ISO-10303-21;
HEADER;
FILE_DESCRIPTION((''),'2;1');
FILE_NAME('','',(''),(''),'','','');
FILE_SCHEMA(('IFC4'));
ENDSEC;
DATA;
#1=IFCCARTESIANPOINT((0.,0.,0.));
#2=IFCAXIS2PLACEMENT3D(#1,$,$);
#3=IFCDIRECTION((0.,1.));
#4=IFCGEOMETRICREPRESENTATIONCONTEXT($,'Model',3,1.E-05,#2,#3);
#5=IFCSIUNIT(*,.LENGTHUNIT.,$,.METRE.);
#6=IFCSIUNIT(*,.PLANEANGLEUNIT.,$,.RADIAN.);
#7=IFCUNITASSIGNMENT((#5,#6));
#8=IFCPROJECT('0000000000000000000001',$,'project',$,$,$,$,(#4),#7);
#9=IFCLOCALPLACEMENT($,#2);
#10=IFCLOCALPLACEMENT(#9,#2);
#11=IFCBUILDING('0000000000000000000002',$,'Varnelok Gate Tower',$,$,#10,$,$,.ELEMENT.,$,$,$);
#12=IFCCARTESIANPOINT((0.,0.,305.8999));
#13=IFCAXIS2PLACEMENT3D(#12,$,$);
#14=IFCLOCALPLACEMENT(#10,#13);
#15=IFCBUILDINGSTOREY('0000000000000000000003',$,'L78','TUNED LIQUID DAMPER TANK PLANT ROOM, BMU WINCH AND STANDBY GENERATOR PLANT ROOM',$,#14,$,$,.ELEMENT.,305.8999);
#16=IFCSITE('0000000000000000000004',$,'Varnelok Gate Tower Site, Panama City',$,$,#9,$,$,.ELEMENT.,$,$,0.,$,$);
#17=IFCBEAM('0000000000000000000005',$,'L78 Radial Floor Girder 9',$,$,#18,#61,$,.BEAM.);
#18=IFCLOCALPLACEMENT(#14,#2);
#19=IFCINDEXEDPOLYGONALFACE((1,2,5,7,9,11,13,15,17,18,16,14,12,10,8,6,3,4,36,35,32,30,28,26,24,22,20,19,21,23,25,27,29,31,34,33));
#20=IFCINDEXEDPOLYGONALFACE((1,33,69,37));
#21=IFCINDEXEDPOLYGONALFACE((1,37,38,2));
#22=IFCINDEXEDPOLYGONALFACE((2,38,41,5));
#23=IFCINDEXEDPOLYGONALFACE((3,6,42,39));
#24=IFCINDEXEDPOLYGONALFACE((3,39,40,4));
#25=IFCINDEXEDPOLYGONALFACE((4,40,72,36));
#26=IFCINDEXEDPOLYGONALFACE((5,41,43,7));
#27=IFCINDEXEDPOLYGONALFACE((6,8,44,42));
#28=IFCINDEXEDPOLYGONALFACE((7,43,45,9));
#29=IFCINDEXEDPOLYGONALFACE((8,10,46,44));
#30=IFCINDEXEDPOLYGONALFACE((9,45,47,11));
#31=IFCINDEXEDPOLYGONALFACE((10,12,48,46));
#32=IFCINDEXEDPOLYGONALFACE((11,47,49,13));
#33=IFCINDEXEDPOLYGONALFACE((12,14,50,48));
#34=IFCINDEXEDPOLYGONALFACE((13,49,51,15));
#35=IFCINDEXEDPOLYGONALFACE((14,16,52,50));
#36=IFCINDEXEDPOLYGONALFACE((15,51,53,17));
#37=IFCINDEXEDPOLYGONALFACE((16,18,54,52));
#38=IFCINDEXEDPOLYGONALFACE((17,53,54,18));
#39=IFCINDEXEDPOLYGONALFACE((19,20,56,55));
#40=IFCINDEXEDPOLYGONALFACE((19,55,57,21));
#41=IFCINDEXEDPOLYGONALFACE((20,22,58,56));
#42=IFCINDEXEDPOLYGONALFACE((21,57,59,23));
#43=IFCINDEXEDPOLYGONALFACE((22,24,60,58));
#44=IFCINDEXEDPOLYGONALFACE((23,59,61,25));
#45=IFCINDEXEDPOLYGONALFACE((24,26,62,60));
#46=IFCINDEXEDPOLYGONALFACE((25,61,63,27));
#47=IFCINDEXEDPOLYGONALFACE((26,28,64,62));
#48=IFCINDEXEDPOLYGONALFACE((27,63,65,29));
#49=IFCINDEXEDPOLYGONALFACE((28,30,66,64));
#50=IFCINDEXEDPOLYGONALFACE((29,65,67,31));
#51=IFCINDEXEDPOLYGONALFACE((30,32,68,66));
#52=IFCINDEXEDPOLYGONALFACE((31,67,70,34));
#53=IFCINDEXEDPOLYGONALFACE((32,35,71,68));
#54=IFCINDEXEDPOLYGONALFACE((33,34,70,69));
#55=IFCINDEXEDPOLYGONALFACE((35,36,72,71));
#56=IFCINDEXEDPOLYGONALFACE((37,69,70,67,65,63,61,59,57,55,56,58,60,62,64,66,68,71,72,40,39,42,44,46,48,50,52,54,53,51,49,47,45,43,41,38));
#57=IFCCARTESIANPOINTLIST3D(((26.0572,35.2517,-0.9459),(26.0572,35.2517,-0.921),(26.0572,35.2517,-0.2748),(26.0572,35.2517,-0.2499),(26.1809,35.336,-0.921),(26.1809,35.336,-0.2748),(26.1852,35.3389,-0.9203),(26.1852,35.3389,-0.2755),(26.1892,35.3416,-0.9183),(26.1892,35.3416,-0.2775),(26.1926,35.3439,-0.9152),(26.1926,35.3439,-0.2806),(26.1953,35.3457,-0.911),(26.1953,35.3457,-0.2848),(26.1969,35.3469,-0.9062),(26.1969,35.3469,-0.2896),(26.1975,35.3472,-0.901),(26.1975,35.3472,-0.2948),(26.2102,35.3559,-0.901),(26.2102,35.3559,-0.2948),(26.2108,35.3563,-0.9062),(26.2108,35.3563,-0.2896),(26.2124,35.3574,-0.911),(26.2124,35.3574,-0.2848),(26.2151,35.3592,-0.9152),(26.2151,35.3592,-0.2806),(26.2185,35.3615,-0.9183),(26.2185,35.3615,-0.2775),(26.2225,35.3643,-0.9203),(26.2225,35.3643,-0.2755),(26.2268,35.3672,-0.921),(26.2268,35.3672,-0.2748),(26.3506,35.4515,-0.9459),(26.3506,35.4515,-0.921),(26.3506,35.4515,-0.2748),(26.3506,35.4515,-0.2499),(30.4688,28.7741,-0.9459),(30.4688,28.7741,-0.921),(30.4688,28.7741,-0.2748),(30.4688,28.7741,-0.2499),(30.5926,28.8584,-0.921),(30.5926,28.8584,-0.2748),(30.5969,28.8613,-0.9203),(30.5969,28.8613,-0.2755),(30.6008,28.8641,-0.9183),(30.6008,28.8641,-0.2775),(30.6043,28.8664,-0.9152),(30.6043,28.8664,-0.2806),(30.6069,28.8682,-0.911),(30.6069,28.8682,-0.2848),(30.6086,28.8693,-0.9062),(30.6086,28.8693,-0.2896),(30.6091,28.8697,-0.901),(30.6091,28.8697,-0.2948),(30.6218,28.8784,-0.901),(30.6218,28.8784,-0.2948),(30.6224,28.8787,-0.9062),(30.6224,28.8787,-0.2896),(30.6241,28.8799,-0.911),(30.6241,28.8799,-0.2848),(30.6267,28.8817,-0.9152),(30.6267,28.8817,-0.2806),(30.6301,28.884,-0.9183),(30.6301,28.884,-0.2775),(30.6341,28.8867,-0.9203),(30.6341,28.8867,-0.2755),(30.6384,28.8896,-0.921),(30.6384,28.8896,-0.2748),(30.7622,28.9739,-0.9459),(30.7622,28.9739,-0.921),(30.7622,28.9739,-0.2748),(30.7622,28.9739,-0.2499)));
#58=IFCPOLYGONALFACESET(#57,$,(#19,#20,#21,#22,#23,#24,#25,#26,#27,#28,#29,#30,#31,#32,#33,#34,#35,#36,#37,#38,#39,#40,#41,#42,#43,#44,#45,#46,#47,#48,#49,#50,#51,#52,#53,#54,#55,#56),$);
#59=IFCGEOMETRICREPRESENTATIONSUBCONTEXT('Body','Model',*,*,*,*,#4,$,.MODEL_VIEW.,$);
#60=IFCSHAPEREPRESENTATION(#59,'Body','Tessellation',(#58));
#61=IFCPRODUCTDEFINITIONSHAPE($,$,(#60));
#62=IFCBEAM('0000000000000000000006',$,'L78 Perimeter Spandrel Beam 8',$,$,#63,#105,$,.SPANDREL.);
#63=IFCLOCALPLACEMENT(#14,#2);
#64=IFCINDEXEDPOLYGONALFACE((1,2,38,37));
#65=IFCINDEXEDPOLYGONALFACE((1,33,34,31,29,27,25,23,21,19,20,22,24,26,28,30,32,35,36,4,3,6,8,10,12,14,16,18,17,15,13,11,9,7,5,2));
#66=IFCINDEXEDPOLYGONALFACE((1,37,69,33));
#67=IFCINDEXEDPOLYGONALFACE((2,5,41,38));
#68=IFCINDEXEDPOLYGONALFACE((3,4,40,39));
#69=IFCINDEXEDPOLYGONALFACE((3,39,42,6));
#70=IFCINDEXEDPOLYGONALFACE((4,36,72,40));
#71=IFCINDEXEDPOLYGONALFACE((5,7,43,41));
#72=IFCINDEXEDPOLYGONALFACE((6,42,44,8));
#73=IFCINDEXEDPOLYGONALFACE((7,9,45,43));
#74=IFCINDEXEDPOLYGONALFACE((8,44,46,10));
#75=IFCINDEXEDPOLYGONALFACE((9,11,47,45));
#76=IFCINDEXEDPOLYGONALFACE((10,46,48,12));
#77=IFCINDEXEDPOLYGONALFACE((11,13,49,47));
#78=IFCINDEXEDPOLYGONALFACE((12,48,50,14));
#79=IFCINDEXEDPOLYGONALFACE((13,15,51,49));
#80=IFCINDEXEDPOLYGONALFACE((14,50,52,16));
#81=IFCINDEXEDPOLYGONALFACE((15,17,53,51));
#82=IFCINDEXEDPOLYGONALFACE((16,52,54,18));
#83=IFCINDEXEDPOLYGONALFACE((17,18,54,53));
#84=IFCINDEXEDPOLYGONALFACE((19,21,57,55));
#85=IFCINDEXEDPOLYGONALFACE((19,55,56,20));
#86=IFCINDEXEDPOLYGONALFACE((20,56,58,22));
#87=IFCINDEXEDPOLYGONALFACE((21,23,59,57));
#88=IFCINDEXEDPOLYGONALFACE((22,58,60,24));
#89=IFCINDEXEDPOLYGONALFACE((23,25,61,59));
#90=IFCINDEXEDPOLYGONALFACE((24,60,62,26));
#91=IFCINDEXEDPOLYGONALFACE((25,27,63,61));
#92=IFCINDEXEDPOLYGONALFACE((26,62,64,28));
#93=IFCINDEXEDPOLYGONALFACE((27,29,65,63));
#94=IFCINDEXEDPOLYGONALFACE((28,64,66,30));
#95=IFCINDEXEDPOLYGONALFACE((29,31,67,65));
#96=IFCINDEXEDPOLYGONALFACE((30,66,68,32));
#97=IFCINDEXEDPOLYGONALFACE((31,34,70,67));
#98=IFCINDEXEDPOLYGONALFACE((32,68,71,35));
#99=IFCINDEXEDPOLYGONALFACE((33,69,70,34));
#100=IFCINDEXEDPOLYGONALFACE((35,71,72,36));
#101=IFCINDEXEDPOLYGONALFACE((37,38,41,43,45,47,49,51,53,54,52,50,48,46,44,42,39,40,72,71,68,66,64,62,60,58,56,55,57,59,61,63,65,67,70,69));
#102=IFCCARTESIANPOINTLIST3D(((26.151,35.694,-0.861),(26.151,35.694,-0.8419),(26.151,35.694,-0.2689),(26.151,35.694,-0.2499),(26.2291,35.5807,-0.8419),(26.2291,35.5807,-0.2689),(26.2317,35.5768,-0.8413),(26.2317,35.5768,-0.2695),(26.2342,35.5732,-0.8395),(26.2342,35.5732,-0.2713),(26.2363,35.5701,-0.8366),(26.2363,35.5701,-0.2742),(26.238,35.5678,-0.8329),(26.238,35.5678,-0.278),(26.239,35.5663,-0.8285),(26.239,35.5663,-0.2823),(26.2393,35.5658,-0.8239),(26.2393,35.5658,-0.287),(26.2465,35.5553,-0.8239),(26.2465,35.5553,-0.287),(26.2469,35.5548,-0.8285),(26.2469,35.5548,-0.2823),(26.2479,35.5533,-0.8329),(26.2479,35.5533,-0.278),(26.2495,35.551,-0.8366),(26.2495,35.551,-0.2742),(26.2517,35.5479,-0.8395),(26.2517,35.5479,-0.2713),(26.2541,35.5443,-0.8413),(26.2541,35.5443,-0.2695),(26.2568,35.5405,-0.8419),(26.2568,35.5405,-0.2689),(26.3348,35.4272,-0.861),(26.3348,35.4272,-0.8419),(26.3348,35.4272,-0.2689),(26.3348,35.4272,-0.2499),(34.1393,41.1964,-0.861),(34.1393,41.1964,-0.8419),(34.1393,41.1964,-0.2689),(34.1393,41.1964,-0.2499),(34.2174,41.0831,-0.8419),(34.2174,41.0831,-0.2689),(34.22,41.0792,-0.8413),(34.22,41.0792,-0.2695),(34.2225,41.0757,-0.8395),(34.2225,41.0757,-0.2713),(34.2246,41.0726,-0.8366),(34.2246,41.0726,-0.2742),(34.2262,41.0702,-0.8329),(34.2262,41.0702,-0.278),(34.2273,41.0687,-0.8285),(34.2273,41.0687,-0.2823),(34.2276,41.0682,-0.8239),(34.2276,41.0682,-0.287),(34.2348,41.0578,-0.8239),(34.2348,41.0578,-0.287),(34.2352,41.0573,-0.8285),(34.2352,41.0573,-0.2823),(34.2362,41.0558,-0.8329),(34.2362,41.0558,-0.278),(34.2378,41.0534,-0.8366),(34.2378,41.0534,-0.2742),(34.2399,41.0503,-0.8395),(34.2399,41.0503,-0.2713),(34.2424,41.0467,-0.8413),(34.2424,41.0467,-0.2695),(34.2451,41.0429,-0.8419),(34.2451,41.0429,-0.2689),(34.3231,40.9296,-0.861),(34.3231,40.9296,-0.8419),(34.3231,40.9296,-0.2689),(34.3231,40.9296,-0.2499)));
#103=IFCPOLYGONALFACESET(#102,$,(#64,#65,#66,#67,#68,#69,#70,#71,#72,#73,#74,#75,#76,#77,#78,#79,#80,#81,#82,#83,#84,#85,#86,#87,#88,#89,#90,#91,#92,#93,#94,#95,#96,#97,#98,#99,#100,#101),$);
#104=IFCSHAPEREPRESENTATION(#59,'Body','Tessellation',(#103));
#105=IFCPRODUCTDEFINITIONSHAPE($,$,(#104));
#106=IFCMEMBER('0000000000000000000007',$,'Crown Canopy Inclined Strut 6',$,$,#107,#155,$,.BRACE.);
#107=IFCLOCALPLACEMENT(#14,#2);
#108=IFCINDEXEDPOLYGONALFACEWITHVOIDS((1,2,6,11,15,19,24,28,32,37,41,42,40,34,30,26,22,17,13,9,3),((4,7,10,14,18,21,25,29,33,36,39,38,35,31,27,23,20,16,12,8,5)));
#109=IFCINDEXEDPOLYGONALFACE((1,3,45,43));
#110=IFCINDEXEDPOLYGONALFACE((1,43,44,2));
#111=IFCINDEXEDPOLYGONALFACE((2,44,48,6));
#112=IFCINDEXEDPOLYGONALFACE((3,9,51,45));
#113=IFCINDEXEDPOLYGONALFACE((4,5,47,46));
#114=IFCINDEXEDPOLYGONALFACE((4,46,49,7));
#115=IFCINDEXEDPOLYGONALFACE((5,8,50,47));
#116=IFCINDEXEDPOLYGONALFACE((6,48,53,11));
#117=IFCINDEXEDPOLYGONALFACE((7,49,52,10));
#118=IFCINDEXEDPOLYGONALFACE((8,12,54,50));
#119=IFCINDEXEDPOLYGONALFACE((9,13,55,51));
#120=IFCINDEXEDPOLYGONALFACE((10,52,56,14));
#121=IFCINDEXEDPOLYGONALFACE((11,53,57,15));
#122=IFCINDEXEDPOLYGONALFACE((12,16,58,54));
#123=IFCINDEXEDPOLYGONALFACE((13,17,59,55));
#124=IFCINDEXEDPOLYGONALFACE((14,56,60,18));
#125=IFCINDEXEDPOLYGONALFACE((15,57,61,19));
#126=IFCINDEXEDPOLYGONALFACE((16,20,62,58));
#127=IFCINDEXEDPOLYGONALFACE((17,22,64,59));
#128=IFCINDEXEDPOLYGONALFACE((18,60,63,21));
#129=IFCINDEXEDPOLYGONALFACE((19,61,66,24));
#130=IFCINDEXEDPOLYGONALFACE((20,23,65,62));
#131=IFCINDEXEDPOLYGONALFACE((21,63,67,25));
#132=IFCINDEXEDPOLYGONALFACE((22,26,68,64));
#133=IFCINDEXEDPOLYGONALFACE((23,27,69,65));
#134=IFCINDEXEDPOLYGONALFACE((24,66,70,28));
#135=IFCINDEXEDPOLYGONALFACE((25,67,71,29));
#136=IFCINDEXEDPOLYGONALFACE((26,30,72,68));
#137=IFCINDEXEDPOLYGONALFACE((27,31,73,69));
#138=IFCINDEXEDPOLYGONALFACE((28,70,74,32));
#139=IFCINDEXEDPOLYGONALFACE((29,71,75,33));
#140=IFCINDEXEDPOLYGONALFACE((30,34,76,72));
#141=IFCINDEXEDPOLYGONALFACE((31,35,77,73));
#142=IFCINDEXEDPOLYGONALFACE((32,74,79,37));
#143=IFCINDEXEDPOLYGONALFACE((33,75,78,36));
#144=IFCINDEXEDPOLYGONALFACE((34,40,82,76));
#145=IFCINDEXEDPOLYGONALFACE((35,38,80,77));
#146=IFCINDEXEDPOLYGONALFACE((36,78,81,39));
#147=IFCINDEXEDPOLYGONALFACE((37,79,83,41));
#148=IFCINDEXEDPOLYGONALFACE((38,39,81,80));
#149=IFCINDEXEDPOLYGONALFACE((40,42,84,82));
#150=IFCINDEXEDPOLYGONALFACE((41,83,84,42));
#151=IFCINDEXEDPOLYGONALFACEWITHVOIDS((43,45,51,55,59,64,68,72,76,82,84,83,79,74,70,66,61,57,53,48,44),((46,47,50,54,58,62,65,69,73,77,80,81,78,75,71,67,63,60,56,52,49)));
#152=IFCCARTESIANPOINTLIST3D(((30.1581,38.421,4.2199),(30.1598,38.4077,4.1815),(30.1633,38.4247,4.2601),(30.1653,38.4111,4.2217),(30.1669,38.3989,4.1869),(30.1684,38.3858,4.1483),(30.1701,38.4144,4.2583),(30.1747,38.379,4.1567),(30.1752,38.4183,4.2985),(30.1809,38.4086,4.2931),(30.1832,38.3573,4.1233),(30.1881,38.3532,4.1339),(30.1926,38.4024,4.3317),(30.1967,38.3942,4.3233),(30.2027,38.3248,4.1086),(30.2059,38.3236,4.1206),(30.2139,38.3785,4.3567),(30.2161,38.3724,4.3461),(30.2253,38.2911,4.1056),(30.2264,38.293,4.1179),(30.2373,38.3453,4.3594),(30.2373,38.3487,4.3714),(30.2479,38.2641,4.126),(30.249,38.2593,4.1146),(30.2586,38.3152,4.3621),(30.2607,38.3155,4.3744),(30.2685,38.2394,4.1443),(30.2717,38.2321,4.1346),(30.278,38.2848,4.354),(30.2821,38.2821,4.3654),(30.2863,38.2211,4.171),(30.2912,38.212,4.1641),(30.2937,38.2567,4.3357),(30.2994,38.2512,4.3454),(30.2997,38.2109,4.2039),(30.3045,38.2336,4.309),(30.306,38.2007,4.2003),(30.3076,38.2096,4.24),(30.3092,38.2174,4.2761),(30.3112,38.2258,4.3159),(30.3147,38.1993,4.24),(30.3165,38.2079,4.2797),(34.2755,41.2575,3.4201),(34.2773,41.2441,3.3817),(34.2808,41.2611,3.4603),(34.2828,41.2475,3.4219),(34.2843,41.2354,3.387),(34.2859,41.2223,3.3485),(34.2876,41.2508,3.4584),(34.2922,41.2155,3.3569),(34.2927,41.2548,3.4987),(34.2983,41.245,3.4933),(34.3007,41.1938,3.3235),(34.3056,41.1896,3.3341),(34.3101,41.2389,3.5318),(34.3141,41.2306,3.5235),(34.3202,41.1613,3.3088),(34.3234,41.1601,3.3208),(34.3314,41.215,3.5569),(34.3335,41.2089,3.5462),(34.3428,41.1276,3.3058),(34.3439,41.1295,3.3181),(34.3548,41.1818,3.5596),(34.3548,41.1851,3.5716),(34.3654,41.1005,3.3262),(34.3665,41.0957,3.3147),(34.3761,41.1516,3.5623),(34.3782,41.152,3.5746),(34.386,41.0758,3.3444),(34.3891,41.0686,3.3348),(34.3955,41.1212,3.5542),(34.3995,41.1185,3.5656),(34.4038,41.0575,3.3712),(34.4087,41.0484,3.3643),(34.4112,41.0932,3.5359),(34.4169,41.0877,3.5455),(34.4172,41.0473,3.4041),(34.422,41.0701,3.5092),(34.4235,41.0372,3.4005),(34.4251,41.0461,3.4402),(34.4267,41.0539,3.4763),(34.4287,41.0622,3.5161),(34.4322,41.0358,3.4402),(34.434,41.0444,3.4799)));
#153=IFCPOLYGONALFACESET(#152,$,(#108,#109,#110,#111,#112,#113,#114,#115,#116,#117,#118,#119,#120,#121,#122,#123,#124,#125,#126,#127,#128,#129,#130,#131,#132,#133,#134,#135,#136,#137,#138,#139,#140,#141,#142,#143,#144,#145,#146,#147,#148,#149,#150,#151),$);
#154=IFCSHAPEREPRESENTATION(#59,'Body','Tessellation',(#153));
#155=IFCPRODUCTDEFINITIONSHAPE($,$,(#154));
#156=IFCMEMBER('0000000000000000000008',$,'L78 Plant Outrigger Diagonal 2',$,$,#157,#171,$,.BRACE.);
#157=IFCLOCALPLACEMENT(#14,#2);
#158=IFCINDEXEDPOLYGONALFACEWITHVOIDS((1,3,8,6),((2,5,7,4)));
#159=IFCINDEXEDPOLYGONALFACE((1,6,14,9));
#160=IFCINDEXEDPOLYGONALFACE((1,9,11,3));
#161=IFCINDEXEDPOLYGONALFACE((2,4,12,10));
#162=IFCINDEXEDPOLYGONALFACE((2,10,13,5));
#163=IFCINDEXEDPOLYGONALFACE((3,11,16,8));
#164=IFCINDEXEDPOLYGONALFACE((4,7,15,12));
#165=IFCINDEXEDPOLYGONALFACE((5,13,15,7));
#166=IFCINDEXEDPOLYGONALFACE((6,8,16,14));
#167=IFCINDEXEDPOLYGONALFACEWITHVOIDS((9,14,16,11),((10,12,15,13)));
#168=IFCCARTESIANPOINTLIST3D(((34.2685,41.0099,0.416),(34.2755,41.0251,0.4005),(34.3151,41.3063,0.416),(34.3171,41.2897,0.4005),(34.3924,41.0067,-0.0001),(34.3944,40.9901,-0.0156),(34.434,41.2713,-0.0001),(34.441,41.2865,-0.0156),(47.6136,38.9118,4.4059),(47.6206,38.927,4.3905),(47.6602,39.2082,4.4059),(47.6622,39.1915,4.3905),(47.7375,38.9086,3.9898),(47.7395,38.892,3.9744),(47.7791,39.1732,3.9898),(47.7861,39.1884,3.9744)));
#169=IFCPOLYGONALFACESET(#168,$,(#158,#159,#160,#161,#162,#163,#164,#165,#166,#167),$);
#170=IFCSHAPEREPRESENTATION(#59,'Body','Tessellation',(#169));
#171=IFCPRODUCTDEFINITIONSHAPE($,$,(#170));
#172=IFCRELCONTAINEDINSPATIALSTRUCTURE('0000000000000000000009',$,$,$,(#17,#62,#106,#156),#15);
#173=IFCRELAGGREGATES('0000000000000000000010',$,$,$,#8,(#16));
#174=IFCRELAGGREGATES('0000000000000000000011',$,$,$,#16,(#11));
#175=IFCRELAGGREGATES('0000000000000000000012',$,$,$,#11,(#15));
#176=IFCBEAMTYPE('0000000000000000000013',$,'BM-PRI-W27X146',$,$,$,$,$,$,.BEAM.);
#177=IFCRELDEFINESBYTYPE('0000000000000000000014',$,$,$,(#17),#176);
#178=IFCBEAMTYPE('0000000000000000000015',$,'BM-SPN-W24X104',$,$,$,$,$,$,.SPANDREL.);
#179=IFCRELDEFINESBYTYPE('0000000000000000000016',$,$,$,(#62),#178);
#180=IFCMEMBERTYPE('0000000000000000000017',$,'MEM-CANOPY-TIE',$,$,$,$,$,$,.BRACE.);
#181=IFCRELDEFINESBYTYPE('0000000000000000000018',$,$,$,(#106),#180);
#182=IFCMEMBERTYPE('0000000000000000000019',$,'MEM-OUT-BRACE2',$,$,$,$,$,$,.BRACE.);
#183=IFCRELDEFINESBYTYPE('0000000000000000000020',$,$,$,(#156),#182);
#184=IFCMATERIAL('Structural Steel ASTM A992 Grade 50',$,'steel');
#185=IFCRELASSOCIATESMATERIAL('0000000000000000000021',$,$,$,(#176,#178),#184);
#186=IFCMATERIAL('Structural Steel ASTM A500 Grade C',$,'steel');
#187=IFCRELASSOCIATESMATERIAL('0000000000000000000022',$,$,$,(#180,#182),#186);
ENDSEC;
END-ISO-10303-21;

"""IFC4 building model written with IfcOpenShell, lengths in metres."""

from ifc_helpers import new_model, si_unit, direction, frame, origin, origin_2d, place, context, subcontext, project, spatial, hollow_rectangle, hollow_circle, i_section, extrude, material, material_profile, profile_set, type_object, element, save


model = new_model("IFC4")

# Units and contexts
model_context = context("Model", 3, precision=1e-05, world=origin(), true_north=direction((0.0, 1.0)))
body_context = subcontext(model_context, "Body", "Model", "MODEL_VIEW")
ifc_project = project(units=[si_unit("LENGTHUNIT", "METRE"), si_unit("PLANEANGLEUNIT", "RADIAN")], contexts=[model_context])

# Site, building, storey
site_placement = place(None, origin())
site = spatial("IfcSite", under=ifc_project, at=site_placement, Name="Varnelok Gate Tower Site, Panama City", CompositionType="ELEMENT", RefElevation=0.0)
building_placement = place(site_placement, origin())
building = spatial("IfcBuilding", under=site, at=building_placement, Name="Varnelok Gate Tower", CompositionType="ELEMENT")
storey_placement = place(building_placement, frame((0.0, 0.0, 305.8999)))
storey = spatial("IfcBuildingStorey", under=building, at=storey_placement, Name="L78", Description="TUNED LIQUID DAMPER TANK PLANT ROOM, BMU WINCH AND STANDBY GENERATOR PLANT ROOM", CompositionType="ELEMENT", Elevation=305.8999)

# Shared definitions
ifc_material_1 = material(Name="Structural Steel ASTM A992 Grade 50", Category="steel")

# Beams
ifc_material_profile_1 = material_profile(ifc_material_1, i_section(OverallWidth=0.355, OverallDepth=0.696, WebThickness=0.0154, FlangeThickness=0.0249, FilletRadius=0.02, at=origin_2d()), Name="W27X146")
ifc_profile_set_1 = profile_set([ifc_material_profile_1], Name="Structural Steel ASTM A992 Grade 50")
beam_type_1 = type_object("IfcBeamType", Name="BM-PRI-W27X146", PredefinedType="BEAM", material=ifc_profile_set_1)
beam_1_placement = place(storey_placement, frame((30.6155, 28.874, -0.5979), z_axis=(-0.562911, 0.826517, 0.0), x_axis=(-0.826517, -0.562911, 0.0)))
element("IfcBeam", 1, at=beam_1_placement, inside=storey, type_object=beam_type_1, Name="L78 Radial Floor Girder 9", PredefinedType="BEAM", context=body_context, shape_type="SweptSolid", body=[
    extrude(i_section(OverallWidth=0.355, OverallDepth=0.696, WebThickness=0.0154, FlangeThickness=0.0249, FilletRadius=0.02, at=origin_2d()), origin(), (0.0, 0.0, 1.0), 7.8372),
])
ifc_material_profile_2 = material_profile(ifc_material_1, i_section(OverallWidth=0.324, OverallDepth=0.6111, WebThickness=0.0127, FlangeThickness=0.019, FilletRadius=0.0181, at=origin_2d()), Name="W24X104")
ifc_profile_set_2 = profile_set([ifc_material_profile_2], Name="Structural Steel ASTM A992 Grade 50")
beam_type_2 = type_object("IfcBeamType", Name="BM-SPN-W24X104", PredefinedType="SPANDREL", material=ifc_profile_set_2)
beam_2_placement = place(storey_placement, frame((34.2312, 41.063, -0.5554), z_axis=(-0.823536, -0.567264, 0.0), x_axis=(0.567264, -0.823536, 0.0)))
element("IfcBeam", 2, at=beam_2_placement, inside=storey, type_object=beam_type_2, Name="L78 Perimeter Spandrel Beam 8", PredefinedType="SPANDREL", context=body_context, shape_type="SweptSolid", body=[
    extrude(i_section(OverallWidth=0.324, OverallDepth=0.6111, WebThickness=0.0127, FlangeThickness=0.019, FilletRadius=0.0181, at=origin_2d()), origin(), (0.0, 0.0, 1.0), 9.7),
])

# Members
ifc_material_2 = material(Name="Structural Steel ASTM A500 Grade C", Category="steel")
ifc_material_profile_3 = material_profile(ifc_material_2, hollow_circle(Radius=0.1365, WallThickness=0.0125, at=origin_2d()), Name="CHS273X12")
ifc_profile_set_3 = profile_set([ifc_material_profile_3], Name="Structural Steel ASTM A500 Grade C")
member_type_1 = type_object("IfcMemberType", Name="MEM-CANOPY-TIE", PredefinedType="BRACE", material=ifc_profile_set_3)
member_1_placement = place(storey_placement, frame((34.3547, 41.1482, 3.4402), z_axis=(-0.813172, -0.56018, 0.157957), x_axis=(0.567302, -0.82351, 0.0)))
element("IfcMember", 3, at=member_1_placement, inside=storey, type_object=member_type_1, Name="Crown Canopy Inclined Strut 6", PredefinedType="BRACE", context=body_context, shape_type="SweptSolid", body=[
    extrude(hollow_circle(Radius=0.1365, WallThickness=0.0125, at=origin_2d()), origin(), (0.0, 0.0, 1.0), 5.0635),
])
ifc_material_profile_4 = material_profile(ifc_material_2, hollow_rectangle(XDim=0.3, YDim=0.45, WallThickness=0.0161, at=origin_2d()), Name="HSS450X300X16")
ifc_profile_set_4 = profile_set([ifc_material_profile_4], Name="Structural Steel ASTM A500 Grade C")
member_type_2 = type_object("IfcMemberType", Name="MEM-OUT-BRACE2", PredefinedType="BRACE", material=ifc_profile_set_4)
member_2_placement = place(storey_placement, frame((34.3547, 41.1482, 0.2002), z_axis=(0.947406, -0.148952, 0.283258), x_axis=(0.155313, 0.987865, 0.0)))
element("IfcMember", 4, at=member_2_placement, inside=storey, type_object=member_type_2, Name="L78 Plant Outrigger Diagonal 2", PredefinedType="BRACE", context=body_context, shape_type="SweptSolid", body=[
    extrude(hollow_rectangle(XDim=0.3, YDim=0.45, WallThickness=0.0161, at=origin_2d()), origin(), (0.0, 0.0, 1.0), 14.0859),
])

save(model, "model.ifc")
